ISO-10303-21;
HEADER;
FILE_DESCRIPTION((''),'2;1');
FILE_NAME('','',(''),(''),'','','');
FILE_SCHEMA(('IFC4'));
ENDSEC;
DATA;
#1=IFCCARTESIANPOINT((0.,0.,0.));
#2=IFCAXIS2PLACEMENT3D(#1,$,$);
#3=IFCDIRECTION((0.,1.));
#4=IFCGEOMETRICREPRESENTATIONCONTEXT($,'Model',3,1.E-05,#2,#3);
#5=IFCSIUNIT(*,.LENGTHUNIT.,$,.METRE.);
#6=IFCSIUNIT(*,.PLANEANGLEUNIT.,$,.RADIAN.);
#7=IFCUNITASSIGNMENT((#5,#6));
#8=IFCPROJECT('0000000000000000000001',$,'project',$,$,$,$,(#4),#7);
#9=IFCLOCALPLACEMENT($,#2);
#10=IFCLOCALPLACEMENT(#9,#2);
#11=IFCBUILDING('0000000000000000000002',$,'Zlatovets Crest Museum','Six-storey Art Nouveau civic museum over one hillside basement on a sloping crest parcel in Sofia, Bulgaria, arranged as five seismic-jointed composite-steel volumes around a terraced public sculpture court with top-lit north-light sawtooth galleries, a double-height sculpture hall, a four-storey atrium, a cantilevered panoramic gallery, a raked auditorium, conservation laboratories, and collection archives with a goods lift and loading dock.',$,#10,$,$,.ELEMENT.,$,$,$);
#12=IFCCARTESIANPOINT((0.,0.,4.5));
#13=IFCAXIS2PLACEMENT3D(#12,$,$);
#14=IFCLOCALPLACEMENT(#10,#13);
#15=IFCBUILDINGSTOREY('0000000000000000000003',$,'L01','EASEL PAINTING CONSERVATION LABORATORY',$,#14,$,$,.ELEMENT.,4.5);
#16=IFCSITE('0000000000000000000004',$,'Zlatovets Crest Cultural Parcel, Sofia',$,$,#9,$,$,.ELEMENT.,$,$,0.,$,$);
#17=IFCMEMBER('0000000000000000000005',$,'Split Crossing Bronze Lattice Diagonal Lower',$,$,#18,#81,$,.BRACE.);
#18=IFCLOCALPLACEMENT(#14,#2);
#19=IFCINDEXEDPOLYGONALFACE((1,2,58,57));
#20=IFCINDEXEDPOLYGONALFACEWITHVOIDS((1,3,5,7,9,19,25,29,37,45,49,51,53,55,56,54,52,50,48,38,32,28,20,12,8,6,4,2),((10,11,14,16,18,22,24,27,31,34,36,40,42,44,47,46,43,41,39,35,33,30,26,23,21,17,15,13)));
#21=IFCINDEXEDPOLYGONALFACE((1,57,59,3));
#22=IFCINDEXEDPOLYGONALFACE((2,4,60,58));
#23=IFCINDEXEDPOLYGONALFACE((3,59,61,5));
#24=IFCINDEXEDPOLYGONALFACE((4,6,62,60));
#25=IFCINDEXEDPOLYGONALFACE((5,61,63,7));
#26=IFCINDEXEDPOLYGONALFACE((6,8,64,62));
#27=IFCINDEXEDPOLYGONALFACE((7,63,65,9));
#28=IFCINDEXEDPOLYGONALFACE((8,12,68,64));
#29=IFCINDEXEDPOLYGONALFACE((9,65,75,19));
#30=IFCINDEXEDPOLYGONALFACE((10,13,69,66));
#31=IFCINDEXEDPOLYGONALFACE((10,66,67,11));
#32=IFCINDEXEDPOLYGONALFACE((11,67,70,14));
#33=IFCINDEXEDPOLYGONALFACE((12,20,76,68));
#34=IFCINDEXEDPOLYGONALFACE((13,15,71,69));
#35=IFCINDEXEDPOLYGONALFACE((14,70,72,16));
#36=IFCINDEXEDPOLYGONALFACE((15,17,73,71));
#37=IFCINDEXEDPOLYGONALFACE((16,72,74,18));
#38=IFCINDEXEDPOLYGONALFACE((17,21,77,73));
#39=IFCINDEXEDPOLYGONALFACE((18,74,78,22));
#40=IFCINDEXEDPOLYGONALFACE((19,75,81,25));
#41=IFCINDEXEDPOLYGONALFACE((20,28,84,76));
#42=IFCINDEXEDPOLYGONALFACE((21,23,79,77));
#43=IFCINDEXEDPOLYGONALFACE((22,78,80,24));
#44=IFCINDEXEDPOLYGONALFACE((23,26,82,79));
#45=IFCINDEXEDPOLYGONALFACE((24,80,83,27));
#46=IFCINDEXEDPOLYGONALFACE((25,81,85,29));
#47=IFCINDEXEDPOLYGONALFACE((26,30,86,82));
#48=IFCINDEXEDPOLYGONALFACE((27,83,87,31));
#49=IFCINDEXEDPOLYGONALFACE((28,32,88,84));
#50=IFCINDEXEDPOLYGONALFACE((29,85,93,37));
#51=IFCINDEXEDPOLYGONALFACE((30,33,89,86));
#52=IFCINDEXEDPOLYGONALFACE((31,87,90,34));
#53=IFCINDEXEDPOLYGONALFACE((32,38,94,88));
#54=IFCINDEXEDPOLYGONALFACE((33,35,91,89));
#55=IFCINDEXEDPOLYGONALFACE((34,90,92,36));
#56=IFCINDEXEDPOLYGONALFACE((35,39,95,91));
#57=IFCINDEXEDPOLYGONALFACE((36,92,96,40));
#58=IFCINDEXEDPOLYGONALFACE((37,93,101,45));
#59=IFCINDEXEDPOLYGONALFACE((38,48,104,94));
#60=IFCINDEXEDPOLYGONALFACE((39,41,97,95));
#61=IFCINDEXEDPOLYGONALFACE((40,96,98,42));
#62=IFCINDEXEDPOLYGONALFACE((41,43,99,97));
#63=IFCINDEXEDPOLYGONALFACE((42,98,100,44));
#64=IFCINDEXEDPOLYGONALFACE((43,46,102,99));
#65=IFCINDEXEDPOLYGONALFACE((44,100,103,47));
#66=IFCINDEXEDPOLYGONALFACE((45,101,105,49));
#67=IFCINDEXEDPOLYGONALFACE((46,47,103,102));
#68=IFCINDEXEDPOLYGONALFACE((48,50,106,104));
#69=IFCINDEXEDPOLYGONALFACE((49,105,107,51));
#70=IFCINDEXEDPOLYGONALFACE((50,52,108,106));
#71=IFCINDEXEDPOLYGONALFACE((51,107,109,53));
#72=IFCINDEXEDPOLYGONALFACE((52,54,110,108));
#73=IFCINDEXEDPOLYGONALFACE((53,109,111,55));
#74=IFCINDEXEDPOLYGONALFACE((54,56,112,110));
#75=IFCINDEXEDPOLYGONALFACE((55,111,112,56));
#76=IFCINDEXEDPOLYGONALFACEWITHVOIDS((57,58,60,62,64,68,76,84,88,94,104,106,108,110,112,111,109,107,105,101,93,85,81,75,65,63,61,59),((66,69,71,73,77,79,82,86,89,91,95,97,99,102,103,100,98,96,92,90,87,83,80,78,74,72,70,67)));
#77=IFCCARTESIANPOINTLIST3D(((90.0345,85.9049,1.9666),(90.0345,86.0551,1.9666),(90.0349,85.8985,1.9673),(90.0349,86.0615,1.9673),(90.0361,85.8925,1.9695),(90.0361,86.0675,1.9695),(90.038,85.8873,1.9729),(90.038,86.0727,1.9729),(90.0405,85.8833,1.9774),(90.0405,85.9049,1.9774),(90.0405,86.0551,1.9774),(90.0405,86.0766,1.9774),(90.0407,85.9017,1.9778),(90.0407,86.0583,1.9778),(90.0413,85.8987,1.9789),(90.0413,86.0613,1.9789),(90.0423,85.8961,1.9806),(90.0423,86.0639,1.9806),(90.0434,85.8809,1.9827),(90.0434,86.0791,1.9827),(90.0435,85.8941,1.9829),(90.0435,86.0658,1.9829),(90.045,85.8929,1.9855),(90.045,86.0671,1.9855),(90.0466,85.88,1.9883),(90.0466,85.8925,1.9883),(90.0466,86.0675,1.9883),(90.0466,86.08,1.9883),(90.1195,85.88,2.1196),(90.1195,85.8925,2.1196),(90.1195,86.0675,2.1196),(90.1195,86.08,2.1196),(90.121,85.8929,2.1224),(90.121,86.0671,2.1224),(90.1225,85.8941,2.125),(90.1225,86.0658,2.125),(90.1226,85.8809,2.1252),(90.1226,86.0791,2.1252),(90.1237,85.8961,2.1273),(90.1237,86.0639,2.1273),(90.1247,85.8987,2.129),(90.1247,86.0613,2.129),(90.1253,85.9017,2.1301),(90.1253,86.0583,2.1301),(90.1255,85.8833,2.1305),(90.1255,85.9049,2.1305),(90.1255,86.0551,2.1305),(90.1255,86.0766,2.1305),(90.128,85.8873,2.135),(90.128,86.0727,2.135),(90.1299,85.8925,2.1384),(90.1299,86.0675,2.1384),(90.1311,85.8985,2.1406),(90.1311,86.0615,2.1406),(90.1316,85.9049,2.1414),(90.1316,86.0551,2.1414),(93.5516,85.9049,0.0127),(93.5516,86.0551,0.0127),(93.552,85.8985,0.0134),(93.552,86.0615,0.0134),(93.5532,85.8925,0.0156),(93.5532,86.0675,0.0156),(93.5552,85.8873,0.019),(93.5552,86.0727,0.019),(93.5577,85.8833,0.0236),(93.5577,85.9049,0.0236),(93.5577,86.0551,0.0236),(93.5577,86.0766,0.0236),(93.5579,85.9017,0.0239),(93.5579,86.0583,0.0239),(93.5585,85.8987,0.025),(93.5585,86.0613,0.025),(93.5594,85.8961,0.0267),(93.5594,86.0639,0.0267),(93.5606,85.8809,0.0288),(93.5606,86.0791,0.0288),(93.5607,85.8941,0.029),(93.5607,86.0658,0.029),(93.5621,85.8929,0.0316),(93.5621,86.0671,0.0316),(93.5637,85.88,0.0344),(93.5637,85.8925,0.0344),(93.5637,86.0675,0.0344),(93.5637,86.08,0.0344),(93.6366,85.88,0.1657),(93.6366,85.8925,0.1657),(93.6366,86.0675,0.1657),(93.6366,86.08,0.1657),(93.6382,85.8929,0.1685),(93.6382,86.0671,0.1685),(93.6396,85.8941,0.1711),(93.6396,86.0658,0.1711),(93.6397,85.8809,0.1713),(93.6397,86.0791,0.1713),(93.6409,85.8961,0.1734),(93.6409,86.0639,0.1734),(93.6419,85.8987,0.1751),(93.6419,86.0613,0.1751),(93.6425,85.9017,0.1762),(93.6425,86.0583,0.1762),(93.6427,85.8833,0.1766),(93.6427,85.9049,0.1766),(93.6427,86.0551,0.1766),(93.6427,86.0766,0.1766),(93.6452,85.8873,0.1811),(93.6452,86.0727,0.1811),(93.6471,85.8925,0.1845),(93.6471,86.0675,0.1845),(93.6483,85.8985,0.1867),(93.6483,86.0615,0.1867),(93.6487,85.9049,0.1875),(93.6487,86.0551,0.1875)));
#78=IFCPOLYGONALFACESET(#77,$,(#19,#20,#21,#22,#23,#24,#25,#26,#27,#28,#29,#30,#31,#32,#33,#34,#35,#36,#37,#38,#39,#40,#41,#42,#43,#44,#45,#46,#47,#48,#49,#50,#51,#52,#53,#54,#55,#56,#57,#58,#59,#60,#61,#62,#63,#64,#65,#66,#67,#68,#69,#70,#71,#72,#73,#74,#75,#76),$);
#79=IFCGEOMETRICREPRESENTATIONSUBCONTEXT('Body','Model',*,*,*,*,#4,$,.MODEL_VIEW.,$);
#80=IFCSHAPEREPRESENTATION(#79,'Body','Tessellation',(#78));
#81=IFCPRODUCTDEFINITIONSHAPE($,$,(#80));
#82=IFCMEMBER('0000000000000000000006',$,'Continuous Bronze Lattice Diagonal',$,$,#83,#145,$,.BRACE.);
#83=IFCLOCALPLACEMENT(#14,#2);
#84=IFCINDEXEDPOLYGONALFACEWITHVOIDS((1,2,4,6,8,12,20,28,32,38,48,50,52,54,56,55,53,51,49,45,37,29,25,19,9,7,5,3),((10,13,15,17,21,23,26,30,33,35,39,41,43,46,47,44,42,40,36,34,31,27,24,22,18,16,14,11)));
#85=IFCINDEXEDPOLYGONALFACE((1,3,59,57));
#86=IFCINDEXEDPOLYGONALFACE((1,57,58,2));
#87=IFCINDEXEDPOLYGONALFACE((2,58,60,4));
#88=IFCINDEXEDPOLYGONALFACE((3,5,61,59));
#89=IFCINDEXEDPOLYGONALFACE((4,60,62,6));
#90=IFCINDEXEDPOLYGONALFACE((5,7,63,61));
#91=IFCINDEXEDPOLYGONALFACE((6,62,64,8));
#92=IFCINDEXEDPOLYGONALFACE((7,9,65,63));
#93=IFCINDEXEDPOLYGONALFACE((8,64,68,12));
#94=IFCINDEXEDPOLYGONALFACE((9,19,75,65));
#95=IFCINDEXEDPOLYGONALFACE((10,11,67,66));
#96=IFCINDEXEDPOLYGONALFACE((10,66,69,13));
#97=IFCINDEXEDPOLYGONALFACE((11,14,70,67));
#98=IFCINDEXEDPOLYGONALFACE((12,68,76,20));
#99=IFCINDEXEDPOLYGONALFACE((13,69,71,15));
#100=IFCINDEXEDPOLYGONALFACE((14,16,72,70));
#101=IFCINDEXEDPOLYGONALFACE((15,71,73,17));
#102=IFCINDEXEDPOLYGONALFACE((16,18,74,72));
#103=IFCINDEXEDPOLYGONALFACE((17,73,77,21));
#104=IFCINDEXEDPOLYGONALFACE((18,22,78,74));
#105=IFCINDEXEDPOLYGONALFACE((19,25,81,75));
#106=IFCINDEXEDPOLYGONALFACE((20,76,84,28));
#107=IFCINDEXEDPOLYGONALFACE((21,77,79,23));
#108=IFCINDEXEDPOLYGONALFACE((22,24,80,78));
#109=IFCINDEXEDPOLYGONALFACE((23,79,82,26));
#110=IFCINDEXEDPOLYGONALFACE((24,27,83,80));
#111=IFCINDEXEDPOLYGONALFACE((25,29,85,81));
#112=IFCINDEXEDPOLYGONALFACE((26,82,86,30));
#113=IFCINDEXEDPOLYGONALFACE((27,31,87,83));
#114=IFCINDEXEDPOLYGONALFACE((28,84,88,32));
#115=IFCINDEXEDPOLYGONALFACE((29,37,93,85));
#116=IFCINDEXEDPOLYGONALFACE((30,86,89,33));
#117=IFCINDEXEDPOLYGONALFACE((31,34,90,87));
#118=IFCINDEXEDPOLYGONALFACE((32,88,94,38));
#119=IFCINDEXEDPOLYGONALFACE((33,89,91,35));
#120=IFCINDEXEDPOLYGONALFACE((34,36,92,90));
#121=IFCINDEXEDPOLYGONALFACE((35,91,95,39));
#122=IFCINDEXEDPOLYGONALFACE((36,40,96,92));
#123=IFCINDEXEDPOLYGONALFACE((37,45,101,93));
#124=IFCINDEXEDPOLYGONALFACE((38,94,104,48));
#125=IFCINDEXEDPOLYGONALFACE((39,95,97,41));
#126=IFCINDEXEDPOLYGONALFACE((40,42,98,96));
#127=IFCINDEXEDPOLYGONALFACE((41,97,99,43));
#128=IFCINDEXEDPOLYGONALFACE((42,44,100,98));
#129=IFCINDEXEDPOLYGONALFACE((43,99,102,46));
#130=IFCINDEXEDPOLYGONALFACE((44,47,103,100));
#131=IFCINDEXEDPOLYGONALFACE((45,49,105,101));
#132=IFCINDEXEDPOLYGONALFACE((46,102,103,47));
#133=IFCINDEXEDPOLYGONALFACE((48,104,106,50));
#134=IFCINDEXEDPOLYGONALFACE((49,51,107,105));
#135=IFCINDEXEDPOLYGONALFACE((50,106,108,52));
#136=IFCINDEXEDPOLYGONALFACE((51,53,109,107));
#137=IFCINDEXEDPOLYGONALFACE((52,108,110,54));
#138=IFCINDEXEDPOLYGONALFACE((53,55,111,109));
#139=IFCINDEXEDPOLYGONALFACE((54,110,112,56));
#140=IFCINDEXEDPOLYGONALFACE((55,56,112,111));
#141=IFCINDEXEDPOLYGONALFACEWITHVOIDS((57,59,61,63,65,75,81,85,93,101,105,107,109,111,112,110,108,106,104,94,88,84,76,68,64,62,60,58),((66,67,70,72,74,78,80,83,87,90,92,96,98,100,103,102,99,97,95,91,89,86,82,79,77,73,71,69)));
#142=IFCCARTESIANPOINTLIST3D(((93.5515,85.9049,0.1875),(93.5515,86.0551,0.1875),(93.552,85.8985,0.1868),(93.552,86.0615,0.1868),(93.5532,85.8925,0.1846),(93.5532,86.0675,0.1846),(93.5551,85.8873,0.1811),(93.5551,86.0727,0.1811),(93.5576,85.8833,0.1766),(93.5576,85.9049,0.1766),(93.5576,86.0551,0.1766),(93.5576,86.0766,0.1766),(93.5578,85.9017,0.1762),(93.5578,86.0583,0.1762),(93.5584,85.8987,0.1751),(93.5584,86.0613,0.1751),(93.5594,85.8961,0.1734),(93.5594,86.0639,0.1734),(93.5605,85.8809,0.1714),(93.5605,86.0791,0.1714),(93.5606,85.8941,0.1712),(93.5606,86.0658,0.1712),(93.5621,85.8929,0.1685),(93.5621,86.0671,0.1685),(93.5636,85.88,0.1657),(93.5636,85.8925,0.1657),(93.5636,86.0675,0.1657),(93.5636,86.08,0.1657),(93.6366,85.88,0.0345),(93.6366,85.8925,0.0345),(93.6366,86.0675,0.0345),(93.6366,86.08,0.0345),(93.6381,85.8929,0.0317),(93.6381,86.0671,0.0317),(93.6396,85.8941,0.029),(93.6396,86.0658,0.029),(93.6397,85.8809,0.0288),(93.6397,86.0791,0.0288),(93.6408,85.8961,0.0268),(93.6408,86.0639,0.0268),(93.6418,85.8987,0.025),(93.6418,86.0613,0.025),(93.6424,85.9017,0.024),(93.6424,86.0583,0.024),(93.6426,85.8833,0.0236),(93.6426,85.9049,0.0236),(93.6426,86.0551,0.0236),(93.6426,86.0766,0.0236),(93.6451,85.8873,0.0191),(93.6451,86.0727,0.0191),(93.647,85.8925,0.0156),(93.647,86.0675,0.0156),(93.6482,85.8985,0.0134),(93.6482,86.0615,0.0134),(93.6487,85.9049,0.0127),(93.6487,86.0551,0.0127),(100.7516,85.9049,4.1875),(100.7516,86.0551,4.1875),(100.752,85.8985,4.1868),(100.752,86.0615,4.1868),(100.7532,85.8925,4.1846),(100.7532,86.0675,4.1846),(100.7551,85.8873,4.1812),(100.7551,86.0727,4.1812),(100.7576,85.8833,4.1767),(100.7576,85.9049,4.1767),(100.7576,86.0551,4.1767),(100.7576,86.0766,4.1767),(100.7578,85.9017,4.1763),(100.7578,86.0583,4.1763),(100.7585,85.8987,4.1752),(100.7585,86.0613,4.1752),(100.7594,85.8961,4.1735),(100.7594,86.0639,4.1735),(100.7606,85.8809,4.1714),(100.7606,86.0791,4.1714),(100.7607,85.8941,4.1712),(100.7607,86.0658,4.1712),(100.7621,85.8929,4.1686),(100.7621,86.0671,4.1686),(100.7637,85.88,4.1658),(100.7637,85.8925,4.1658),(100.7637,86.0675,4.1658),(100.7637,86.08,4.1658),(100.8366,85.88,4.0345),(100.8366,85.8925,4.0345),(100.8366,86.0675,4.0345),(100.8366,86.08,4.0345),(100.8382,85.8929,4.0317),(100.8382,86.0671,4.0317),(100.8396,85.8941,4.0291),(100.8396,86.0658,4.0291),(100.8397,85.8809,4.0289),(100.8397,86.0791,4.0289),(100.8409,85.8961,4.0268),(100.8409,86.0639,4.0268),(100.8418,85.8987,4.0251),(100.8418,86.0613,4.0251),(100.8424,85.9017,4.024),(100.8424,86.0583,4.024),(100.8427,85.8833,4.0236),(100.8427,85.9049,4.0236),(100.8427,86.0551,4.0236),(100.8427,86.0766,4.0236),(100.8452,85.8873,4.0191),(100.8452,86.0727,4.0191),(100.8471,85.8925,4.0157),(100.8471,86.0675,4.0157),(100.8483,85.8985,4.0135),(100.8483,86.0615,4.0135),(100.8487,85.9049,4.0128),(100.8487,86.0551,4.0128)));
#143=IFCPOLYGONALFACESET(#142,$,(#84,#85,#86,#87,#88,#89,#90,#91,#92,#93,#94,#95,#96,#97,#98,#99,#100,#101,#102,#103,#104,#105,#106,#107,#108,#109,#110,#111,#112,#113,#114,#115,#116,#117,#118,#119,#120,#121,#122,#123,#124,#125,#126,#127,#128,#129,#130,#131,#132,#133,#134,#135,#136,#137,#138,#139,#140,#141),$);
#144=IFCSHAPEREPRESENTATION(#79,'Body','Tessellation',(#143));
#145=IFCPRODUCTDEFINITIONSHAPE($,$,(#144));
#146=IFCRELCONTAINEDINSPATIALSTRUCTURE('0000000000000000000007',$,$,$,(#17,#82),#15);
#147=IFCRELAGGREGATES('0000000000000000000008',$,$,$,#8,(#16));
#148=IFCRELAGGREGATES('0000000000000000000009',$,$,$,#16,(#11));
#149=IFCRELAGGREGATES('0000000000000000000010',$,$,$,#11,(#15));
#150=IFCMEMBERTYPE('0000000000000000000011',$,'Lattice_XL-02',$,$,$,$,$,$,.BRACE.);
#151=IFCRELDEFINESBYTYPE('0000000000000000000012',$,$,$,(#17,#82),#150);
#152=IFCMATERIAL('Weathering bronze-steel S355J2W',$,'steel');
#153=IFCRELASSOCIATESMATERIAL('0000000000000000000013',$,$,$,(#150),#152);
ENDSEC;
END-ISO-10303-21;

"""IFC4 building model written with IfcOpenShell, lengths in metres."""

from ifc_helpers import new_model, si_unit, direction, frame, origin, origin_2d, place, context, subcontext, project, spatial, hollow_rectangle, extrude, material, material_profile, profile_set, type_object, element, save


model = new_model("IFC4")

# Units and contexts
model_context = context("Model", 3, precision=1e-05, world=origin(), true_north=direction((0.0, 1.0)))
body_context = subcontext(model_context, "Body", "Model", "MODEL_VIEW")
ifc_project = project(units=[si_unit("LENGTHUNIT", "METRE"), si_unit("PLANEANGLEUNIT", "RADIAN")], contexts=[model_context])

# Site, building, storey
site_placement = place(None, origin())
site = spatial("IfcSite", under=ifc_project, at=site_placement, Name="Zlatovets Crest Cultural Parcel, Sofia", CompositionType="ELEMENT", RefElevation=0.0)
building_placement = place(site_placement, origin())
building = spatial("IfcBuilding", under=site, at=building_placement, Name="Zlatovets Crest Museum", Description="Six-storey Art Nouveau civic museum over one hillside basement on a sloping crest parcel in Sofia, Bulgaria, arranged as five seismic-jointed composite-steel volumes around a terraced public sculpture court with top-lit north-light sawtooth galleries, a double-height sculpture hall, a four-storey atrium, a cantilevered panoramic gallery, a raked auditorium, conservation laboratories, and collection archives with a goods lift and loading dock.", CompositionType="ELEMENT")
storey_placement = place(building_placement, frame((0.0, 0.0, 4.5)))
storey = spatial("IfcBuildingStorey", under=building, at=storey_placement, Name="L01", Description="EASEL PAINTING CONSERVATION LABORATORY", CompositionType="ELEMENT", Elevation=4.5)

# Members
ifc_material_1 = material(Name="Weathering bronze-steel S355J2W", Category="steel")
ifc_material_profile_1 = material_profile(ifc_material_1, hollow_rectangle(XDim=0.2, YDim=0.2, WallThickness=0.0125, InnerFilletRadius=0.0125, OuterFilletRadius=0.0249, at=origin_2d()), Name="SHS 200x200x12.5")
ifc_profile_set_1 = profile_set([ifc_material_profile_1], Name="Weathering bronze-steel S355J2W")
member_type_1 = type_object("IfcMemberType", Name="Lattice_XL-02", PredefinedType="BRACE", material=ifc_profile_set_1)
for number, where, z_axis, x_axis, name in (
    (1, (90.083, 85.98, 2.054), (0.874166, 0.0, -0.485627), (0.0, 1.0, 0.0), "Split Crossing Bronze Lattice Diagonal Lower"),
):
    element("IfcMember", number, at=place(storey_placement, frame(where, z_axis=z_axis, x_axis=x_axis)), inside=storey, type_object=member_type_1, Name=name, PredefinedType="BRACE", context=body_context, shape_type="SweptSolid", body=[
        extrude(hollow_rectangle(XDim=0.2, YDim=0.2, WallThickness=0.0125, InnerFilletRadius=0.0125, OuterFilletRadius=0.0249, at=origin_2d()), origin(), (0.0, 0.0, 1.0), 4.0234),
    ])
member_1_placement = place(storey_placement, frame((93.6001, 85.98, 0.1001), z_axis=(0.874156, 0.0, 0.485645), x_axis=(0.0, 1.0, 0.0)))
element("IfcMember", 2, at=member_1_placement, inside=storey, type_object=member_type_1, Name="Continuous Bronze Lattice Diagonal", PredefinedType="BRACE", context=body_context, shape_type="SweptSolid", body=[
    extrude(hollow_rectangle(XDim=0.2, YDim=0.2, WallThickness=0.0125, InnerFilletRadius=0.0125, OuterFilletRadius=0.0249, at=origin_2d()), origin(), (0.0, 0.0, 1.0), 8.2366),
])

save(model, "model.ifc")
